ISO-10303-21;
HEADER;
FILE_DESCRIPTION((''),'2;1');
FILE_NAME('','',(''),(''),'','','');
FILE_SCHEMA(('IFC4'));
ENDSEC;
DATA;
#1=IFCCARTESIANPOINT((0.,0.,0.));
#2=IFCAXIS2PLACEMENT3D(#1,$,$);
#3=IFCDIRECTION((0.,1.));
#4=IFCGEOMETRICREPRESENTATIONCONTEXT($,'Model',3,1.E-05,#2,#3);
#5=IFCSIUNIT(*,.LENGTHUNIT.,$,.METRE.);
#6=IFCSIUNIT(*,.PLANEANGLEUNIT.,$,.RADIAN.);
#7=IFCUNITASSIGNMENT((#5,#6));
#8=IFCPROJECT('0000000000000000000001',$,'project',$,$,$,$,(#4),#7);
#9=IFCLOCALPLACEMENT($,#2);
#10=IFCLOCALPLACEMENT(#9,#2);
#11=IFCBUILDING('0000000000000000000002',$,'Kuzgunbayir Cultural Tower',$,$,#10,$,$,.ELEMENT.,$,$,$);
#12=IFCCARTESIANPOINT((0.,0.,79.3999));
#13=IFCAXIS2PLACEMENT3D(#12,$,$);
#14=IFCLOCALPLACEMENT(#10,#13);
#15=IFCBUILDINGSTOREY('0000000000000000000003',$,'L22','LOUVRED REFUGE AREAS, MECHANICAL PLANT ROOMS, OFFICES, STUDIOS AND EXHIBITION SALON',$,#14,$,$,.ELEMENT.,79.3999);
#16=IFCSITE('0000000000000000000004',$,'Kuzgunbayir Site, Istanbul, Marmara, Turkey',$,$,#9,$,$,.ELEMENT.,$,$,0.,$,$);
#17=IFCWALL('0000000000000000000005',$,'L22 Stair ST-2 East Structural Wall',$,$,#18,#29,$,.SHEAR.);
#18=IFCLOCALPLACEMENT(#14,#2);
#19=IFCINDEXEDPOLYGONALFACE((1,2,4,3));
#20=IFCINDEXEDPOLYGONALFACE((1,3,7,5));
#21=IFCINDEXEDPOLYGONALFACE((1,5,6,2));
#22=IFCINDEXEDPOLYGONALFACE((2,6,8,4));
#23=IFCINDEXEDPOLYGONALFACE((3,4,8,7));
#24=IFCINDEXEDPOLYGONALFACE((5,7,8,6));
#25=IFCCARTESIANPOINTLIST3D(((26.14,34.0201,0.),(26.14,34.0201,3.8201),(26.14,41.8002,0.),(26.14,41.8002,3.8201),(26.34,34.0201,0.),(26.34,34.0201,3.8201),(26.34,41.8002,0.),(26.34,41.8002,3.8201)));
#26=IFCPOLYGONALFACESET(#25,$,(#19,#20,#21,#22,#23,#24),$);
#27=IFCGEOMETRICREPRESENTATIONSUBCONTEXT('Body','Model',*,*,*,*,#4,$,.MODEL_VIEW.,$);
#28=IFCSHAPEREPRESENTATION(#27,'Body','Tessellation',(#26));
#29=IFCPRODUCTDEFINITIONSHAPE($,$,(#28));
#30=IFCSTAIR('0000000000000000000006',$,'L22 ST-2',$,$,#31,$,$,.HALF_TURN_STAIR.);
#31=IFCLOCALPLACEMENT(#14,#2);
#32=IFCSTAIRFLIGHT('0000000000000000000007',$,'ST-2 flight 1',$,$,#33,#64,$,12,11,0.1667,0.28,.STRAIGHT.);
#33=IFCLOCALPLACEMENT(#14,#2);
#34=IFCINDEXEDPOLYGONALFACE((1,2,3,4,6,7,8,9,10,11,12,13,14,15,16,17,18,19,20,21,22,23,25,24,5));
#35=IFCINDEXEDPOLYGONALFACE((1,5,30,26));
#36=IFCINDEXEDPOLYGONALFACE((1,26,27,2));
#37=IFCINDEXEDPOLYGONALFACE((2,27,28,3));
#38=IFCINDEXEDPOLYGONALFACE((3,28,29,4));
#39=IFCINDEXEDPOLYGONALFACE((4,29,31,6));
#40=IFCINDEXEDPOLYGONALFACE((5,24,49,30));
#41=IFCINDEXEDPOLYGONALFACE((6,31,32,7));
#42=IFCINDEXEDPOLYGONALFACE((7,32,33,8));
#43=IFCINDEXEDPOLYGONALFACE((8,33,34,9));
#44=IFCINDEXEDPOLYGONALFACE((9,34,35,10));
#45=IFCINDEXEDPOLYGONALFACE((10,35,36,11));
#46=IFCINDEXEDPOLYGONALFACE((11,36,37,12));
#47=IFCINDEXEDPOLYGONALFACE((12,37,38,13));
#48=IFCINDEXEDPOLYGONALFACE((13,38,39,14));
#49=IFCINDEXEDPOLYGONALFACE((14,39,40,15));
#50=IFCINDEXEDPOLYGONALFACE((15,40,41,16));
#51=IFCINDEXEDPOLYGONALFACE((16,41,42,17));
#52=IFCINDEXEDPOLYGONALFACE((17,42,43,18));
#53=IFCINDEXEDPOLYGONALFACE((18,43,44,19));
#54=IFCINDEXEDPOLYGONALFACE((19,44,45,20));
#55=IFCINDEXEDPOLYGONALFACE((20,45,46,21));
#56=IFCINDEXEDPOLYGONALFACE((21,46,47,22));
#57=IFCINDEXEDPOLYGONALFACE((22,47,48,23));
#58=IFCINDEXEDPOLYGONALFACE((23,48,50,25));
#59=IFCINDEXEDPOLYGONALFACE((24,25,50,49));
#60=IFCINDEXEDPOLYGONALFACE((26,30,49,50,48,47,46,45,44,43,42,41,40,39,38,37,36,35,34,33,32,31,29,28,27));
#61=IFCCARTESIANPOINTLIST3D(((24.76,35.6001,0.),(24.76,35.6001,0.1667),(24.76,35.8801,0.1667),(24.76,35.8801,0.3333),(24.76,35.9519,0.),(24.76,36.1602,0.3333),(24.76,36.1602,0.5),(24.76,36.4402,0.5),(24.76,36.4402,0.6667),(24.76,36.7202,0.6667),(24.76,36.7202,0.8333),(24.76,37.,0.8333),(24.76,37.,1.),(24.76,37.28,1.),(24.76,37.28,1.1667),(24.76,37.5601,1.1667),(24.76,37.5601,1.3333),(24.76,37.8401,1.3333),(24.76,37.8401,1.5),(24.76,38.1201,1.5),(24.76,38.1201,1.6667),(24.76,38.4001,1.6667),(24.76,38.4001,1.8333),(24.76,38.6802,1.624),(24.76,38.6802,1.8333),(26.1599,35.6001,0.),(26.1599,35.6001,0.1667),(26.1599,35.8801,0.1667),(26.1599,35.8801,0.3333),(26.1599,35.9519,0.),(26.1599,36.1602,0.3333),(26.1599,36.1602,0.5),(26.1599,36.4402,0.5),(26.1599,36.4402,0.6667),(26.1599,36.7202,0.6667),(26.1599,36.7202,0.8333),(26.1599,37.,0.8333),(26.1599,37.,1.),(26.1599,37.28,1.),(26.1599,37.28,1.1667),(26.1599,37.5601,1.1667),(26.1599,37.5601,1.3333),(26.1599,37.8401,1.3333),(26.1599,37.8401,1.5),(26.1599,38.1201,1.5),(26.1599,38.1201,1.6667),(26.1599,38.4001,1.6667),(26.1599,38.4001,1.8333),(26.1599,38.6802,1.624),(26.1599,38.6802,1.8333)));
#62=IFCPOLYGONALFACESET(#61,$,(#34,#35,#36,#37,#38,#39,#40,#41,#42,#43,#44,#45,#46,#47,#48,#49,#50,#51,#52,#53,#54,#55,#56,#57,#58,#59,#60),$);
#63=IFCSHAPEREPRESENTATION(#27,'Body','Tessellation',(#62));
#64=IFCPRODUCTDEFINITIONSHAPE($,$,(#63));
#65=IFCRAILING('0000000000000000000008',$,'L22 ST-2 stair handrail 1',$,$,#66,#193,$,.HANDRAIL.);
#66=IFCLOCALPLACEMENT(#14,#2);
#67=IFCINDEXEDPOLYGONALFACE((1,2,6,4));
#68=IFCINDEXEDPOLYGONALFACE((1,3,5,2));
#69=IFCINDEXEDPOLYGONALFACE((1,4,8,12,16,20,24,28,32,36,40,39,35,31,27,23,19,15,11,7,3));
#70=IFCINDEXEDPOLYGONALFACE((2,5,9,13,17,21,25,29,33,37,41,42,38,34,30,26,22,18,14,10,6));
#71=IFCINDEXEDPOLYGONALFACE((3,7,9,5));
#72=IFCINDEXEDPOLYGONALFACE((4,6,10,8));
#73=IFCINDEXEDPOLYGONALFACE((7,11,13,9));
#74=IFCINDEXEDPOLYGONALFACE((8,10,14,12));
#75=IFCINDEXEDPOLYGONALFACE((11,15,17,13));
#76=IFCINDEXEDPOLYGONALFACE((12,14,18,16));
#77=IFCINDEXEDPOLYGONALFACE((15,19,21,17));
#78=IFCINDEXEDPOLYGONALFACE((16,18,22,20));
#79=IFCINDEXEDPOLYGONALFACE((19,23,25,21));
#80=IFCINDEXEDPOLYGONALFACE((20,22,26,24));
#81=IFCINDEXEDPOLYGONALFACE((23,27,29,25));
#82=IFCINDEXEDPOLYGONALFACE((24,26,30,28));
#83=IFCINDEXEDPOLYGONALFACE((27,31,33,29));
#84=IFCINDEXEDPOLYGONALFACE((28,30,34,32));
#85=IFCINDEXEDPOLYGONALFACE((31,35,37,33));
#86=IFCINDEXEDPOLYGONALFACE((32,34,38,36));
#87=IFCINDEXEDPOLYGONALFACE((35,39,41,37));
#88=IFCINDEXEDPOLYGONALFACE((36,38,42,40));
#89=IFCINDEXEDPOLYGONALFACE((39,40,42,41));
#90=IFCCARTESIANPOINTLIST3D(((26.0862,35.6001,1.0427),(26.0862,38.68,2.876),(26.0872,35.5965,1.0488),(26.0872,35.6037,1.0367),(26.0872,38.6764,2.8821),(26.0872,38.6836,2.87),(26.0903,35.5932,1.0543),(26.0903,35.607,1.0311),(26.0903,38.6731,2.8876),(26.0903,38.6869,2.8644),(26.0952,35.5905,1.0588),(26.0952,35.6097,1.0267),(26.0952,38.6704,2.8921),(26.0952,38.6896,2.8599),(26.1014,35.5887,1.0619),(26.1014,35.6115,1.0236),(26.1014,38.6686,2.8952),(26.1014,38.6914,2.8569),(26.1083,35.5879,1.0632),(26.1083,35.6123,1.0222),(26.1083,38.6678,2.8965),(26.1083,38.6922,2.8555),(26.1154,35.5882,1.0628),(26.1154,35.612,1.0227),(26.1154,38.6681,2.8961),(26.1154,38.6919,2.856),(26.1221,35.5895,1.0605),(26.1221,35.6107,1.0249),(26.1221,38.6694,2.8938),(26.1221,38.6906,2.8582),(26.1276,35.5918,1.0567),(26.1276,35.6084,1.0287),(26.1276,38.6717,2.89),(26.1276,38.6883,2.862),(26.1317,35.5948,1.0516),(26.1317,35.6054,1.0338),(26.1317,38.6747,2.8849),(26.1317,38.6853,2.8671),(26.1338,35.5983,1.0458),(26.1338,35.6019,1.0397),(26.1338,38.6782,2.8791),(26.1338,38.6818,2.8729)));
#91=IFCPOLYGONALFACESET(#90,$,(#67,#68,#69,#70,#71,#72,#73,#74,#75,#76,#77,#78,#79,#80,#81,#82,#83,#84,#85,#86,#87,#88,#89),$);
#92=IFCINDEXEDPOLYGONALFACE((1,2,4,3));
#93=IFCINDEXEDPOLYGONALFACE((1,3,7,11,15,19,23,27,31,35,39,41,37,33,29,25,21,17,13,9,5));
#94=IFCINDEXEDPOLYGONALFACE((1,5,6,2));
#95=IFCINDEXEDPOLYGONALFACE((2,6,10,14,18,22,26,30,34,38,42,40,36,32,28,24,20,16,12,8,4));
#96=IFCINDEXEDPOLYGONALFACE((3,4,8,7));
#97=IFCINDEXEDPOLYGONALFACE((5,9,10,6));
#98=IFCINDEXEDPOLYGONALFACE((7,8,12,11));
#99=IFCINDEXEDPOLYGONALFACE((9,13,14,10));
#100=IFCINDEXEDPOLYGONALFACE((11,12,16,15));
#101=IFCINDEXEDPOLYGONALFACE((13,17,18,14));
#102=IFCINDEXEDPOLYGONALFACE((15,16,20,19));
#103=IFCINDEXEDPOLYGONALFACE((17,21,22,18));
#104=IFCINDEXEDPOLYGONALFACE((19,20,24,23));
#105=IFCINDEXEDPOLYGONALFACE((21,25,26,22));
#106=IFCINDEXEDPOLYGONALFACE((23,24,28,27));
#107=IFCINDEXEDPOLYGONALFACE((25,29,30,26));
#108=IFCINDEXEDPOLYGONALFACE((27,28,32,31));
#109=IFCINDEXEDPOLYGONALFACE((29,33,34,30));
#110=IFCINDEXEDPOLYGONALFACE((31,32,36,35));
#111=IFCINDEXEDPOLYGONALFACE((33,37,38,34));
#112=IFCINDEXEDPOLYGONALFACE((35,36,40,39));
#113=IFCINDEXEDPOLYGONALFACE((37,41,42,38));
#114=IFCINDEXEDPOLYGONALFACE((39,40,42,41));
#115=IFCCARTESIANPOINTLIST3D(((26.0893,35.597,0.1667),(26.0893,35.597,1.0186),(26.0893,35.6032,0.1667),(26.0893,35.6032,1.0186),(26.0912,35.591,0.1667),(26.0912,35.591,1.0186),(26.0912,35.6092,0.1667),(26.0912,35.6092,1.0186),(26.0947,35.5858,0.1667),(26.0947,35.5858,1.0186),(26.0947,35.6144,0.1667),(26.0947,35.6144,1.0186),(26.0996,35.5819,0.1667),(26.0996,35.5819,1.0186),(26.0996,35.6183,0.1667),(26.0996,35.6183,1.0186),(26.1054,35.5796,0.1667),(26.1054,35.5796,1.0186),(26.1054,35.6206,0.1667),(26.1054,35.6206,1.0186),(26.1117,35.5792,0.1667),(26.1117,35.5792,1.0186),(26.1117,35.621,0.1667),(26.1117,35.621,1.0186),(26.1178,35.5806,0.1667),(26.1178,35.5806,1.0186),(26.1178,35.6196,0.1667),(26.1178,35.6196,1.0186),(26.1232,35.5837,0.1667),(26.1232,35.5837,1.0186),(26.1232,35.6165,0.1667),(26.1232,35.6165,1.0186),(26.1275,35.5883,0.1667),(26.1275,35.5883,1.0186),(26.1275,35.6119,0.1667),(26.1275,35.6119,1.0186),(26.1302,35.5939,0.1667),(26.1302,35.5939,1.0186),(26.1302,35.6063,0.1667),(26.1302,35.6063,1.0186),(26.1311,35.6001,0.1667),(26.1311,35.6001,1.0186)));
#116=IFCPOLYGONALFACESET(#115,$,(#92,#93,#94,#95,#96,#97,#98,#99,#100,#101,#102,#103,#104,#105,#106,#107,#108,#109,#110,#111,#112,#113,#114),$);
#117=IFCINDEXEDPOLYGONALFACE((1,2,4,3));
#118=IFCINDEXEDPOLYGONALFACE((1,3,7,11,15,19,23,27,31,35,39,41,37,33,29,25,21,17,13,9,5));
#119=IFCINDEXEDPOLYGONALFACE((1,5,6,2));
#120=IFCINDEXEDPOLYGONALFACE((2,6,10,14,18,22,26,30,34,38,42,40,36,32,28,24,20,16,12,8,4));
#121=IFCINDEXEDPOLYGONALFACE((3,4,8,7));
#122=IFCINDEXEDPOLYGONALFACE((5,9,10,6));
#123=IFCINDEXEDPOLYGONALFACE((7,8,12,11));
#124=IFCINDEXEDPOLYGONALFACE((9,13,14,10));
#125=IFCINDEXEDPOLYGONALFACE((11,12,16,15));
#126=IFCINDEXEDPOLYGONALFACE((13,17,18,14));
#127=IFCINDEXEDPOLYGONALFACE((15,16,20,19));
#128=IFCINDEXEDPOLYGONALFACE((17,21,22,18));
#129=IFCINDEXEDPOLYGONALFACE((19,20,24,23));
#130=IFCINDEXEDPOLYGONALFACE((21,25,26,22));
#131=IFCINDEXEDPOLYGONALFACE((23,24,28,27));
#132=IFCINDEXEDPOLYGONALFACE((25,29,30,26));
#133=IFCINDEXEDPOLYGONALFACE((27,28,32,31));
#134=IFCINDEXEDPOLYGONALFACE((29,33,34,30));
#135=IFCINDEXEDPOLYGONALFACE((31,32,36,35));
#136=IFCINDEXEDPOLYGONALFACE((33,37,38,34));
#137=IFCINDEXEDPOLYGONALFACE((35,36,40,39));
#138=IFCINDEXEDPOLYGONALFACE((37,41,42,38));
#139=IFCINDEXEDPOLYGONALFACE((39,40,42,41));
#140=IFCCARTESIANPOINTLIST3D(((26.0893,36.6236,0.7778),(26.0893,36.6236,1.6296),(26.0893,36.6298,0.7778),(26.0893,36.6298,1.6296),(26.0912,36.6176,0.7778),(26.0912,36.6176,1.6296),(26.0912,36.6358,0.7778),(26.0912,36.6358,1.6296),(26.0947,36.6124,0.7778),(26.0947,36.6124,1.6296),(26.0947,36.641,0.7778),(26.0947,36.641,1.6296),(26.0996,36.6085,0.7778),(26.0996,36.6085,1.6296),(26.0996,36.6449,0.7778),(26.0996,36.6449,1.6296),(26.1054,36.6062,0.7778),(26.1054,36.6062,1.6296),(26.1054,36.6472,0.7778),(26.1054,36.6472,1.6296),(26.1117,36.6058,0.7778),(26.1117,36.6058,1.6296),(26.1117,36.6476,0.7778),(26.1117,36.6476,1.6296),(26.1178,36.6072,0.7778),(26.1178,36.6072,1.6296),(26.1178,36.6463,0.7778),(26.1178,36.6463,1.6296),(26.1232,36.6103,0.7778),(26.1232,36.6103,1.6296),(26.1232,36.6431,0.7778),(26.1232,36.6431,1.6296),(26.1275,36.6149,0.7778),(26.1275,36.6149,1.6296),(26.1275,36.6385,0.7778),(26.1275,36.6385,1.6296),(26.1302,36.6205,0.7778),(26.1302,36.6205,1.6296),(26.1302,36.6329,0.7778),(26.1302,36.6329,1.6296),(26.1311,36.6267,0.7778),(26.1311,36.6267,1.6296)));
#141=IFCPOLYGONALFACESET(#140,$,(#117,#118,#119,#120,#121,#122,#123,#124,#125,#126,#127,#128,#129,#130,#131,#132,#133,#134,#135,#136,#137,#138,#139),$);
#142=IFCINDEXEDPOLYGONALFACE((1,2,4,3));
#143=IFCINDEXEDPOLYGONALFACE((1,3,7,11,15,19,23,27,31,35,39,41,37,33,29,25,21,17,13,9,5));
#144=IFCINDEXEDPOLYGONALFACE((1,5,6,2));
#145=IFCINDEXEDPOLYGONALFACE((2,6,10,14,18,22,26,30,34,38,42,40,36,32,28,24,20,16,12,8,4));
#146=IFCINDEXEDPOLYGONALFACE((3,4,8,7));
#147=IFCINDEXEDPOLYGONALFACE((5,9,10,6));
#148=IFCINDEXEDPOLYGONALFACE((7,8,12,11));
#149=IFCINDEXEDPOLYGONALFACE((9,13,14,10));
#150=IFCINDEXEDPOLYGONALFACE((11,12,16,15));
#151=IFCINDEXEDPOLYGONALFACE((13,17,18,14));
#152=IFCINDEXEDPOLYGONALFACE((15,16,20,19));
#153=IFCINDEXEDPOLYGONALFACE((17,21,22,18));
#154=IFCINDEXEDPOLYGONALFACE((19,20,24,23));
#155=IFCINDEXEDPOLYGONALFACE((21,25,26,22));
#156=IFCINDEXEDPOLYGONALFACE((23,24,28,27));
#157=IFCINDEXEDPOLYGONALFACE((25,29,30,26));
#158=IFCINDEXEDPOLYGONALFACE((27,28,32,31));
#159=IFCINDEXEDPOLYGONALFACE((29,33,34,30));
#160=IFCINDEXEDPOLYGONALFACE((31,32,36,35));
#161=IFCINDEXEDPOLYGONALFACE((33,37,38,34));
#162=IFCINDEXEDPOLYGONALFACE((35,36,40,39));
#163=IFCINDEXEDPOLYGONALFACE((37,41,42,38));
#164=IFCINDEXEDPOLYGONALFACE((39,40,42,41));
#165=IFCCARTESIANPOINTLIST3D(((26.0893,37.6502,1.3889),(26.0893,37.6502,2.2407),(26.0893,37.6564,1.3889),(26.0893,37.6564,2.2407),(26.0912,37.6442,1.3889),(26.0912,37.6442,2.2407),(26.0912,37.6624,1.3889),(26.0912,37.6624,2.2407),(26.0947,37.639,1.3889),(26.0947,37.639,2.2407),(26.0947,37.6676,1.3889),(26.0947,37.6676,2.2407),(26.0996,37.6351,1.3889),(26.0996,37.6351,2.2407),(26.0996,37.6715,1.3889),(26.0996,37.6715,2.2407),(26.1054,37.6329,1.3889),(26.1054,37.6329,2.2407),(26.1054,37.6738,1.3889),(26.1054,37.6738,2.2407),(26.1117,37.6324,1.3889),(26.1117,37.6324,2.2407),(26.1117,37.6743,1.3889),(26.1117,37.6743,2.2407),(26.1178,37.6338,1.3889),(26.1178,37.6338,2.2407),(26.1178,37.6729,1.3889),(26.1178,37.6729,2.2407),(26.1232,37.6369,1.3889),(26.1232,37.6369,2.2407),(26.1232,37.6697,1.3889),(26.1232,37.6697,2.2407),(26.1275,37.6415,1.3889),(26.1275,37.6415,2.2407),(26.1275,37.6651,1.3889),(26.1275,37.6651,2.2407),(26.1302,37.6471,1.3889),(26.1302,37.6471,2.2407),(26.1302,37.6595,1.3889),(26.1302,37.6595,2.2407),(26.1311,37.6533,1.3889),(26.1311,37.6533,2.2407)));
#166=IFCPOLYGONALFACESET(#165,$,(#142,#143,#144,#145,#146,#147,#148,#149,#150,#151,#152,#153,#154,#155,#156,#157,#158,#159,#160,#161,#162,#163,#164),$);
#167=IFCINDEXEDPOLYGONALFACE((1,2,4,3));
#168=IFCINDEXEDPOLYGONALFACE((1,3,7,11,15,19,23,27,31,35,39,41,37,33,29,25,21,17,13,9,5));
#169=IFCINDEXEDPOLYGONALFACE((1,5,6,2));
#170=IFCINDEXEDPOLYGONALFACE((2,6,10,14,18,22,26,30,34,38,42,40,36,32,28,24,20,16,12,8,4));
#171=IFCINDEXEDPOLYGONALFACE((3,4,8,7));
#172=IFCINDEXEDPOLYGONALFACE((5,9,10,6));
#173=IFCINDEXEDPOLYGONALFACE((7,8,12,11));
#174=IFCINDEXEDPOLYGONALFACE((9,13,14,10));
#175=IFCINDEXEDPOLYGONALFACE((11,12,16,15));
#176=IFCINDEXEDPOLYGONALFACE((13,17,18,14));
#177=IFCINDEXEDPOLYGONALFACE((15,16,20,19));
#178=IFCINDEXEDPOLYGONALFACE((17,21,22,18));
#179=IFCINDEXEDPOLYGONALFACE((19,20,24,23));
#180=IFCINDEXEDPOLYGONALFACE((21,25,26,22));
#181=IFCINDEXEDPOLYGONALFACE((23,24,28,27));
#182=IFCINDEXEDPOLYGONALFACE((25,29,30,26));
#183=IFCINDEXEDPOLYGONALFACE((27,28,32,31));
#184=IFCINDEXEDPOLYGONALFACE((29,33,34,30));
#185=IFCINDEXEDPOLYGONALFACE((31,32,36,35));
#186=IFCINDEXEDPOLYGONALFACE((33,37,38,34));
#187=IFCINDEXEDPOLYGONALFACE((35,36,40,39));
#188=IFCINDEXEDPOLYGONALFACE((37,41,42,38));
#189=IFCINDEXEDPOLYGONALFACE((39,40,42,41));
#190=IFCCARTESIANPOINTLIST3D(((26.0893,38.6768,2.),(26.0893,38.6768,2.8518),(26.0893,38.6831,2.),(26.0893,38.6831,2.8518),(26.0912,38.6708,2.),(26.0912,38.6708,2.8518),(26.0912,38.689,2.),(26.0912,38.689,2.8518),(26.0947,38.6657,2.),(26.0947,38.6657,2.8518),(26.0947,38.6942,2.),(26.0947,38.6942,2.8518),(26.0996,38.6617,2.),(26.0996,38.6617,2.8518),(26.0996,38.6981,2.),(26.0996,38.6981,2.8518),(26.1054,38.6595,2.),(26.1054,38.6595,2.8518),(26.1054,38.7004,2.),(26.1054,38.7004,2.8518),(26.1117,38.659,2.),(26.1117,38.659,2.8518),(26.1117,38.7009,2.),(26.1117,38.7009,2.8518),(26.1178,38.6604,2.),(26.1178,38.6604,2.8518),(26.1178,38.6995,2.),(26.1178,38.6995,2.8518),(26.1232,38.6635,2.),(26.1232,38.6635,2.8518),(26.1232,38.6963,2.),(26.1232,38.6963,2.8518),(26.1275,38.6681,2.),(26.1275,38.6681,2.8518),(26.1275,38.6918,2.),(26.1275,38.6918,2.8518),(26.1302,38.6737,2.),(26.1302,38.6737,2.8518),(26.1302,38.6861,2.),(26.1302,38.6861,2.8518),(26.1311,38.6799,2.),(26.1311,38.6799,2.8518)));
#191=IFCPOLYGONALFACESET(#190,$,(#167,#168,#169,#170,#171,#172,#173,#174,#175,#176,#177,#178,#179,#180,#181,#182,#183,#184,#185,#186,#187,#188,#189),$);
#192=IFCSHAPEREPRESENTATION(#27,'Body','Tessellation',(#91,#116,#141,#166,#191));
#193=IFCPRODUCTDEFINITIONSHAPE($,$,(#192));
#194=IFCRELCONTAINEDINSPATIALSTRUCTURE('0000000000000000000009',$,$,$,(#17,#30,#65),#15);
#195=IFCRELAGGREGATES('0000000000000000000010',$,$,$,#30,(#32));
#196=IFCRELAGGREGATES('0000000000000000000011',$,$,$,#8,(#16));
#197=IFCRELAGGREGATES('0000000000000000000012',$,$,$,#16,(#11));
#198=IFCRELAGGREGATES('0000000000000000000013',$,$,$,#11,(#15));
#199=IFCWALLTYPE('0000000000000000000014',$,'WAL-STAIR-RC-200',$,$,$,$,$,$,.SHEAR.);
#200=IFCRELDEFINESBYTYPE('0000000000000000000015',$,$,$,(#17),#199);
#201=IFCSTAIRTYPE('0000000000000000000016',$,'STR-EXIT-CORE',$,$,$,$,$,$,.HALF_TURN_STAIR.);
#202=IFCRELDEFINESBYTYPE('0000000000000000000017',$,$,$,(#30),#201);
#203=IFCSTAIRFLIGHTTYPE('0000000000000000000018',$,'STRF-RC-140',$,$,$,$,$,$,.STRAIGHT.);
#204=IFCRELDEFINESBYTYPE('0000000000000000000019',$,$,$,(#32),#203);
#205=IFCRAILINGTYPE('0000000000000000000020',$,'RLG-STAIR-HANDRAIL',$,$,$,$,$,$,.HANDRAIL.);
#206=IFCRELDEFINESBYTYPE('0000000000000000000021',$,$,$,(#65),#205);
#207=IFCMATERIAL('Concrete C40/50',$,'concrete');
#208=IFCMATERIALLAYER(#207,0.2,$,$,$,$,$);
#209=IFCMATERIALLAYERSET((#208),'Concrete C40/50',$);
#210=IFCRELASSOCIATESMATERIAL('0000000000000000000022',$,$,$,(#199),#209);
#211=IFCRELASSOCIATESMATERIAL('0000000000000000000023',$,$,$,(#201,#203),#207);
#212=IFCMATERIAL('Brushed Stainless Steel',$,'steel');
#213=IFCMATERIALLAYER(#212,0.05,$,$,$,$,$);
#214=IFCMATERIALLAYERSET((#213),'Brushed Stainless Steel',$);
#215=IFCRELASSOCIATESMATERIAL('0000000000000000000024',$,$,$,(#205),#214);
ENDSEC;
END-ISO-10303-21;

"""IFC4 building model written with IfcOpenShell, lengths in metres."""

from ifc_helpers import new_model, si_unit, direction, frame, frame_2d, origin, origin_2d, place, context, subcontext, project, spatial, polyline, rectangle, circle, outline, extrude, material, layer, layer_set, type_object, element, aggregate, save


model = new_model("IFC4")

# Units and contexts
model_context = context("Model", 3, precision=1e-05, world=origin(), true_north=direction((0.0, 1.0)))
body_context = subcontext(model_context, "Body", "Model", "MODEL_VIEW")
ifc_project = project(units=[si_unit("LENGTHUNIT", "METRE"), si_unit("PLANEANGLEUNIT", "RADIAN")], contexts=[model_context])

# Site, building, storey
site_placement = place(None, origin())
site = spatial("IfcSite", under=ifc_project, at=site_placement, Name="Kuzgunbayir Site, Istanbul, Marmara, Turkey", CompositionType="ELEMENT", RefElevation=0.0)
building_placement = place(site_placement, origin())
building = spatial("IfcBuilding", under=site, at=building_placement, Name="Kuzgunbayir Cultural Tower", CompositionType="ELEMENT")
storey_placement = place(building_placement, frame((0.0, 0.0, 79.3999)))
storey = spatial("IfcBuildingStorey", under=building, at=storey_placement, Name="L22", Description="LOUVRED REFUGE AREAS, MECHANICAL PLANT ROOMS, OFFICES, STUDIOS AND EXHIBITION SALON", CompositionType="ELEMENT", Elevation=79.3999)

# Shared definitions
ifc_material_1 = material(Name="Concrete C40/50", Category="concrete")

# Wall
ifc_layer_1 = layer(ifc_material_1, 0.2)
ifc_layer_set_1 = layer_set([ifc_layer_1], Name="Concrete C40/50")
wall_type_1 = type_object("IfcWallType", Name="WAL-STAIR-RC-200", PredefinedType="SHEAR", material=ifc_layer_set_1)
wall_1_placement = place(storey_placement, frame((26.24, 34.02, 0.0), z_axis=(0.0, 0.0, 1.0), x_axis=(0.0, 1.0, 0.0)))
element("IfcWall", 1, at=wall_1_placement, inside=storey, type_object=wall_type_1, Name="L22 Stair ST-2 East Structural Wall", PredefinedType="SHEAR", context=body_context, shape_type="SweptSolid", body=[
    extrude(rectangle(XDim=7.78, YDim=0.2, at=frame_2d((3.8901, 0.0))), origin(), (0.0, 0.0, 1.0), 3.8201),
])

# Stair, stair flight
stair_type = type_object("IfcStairType", Name="STR-EXIT-CORE", PredefinedType="HALF_TURN_STAIR", material=ifc_material_1)
stair_placement = place(storey_placement, origin())
stair = element("IfcStair", 2, at=stair_placement, inside=storey, type_object=stair_type, Name="L22 ST-2", PredefinedType="HALF_TURN_STAIR")
stair_flight_type = type_object("IfcStairFlightType", Name="STRF-RC-140", PredefinedType="STRAIGHT", material=ifc_material_1)
stair_flight_placement = place(storey_placement, frame((25.46, 35.6001, 0.0), z_axis=(0.0, 0.0, 1.0), x_axis=(0.0, 1.0, 0.0)))
stair_flight = element("IfcStairFlight", 3, at=stair_flight_placement, type_object=stair_flight_type, Name="ST-2 flight 1", NumberOfRisers=12, NumberOfTreads=11, PredefinedType="STRAIGHT", RiserHeight=0.1667, TreadLength=0.28, context=body_context, shape_type="SweptSolid", body=[
    extrude(outline(polyline([(0.0, 0.0), (0.0, 0.1667), (0.28, 0.1667), (0.28, 0.3333), (0.5601, 0.3333), (0.5601, 0.5), (0.8401, 0.5), (0.8401, 0.6667), (1.1201, 0.6667), (1.1201, 0.8333), (1.3999, 0.8333), (1.3999, 1.0), (1.6799, 1.0), (1.6799, 1.1667), (1.96, 1.1667), (1.96, 1.3333), (2.24, 1.3333), (2.24, 1.5), (2.52, 1.5), (2.52, 1.6667), (2.8, 1.6667), (2.8, 1.8333), (3.0801, 1.8333), (3.0801, 2.0), (3.0801, 1.624), (0.3518, 0.0), (0.0, 0.0)])), frame((0.0, 0.7, 0.0), z_axis=(0.0, -1.0, 0.0), x_axis=(1.0, 0.0, 0.0)), (0.0, 0.0, 1.0), 1.3999),
])
aggregate(stair, [stair_flight])

# Railing
ifc_material_2 = material(Name="Brushed Stainless Steel", Category="steel")
ifc_layer_2 = layer(ifc_material_2, 0.05)
ifc_layer_set_2 = layer_set([ifc_layer_2], Name="Brushed Stainless Steel")
railing_type_1 = type_object("IfcRailingType", Name="RLG-STAIR-HANDRAIL", PredefinedType="HANDRAIL", material=ifc_layer_set_2)
railing_1_placement = place(storey_placement, frame((26.1101, 35.6001, 0.1667)))
element("IfcRailing", 4, at=railing_1_placement, inside=storey, type_object=railing_type_1, Name="L22 ST-2 stair handrail 1", PredefinedType="HANDRAIL", context=body_context, shape_type="SweptSolid", body=[
    extrude(circle(Radius=0.0239, at=origin_2d()), frame((0.0, 0.0, 0.876), z_axis=(0.0, 0.859291, 0.511487), x_axis=(-1.0, 0.0, 0.0)), (0.0, 0.0, 1.0), 3.5842),
    extrude(circle(Radius=0.021, at=origin_2d()), origin(), (0.0, 0.0, 1.0), 0.8518),
    extrude(circle(Radius=0.021, at=origin_2d()), frame((0.0, 1.0266, 0.6111)), (0.0, 0.0, 1.0), 0.8518),
    extrude(circle(Radius=0.021, at=origin_2d()), frame((0.0, 2.0532, 1.2222)), (0.0, 0.0, 1.0), 0.8518),
    extrude(circle(Radius=0.021, at=origin_2d()), frame((0.0, 3.0798, 1.8333)), (0.0, 0.0, 1.0), 0.8518),
])

save(model, "model.ifc")
